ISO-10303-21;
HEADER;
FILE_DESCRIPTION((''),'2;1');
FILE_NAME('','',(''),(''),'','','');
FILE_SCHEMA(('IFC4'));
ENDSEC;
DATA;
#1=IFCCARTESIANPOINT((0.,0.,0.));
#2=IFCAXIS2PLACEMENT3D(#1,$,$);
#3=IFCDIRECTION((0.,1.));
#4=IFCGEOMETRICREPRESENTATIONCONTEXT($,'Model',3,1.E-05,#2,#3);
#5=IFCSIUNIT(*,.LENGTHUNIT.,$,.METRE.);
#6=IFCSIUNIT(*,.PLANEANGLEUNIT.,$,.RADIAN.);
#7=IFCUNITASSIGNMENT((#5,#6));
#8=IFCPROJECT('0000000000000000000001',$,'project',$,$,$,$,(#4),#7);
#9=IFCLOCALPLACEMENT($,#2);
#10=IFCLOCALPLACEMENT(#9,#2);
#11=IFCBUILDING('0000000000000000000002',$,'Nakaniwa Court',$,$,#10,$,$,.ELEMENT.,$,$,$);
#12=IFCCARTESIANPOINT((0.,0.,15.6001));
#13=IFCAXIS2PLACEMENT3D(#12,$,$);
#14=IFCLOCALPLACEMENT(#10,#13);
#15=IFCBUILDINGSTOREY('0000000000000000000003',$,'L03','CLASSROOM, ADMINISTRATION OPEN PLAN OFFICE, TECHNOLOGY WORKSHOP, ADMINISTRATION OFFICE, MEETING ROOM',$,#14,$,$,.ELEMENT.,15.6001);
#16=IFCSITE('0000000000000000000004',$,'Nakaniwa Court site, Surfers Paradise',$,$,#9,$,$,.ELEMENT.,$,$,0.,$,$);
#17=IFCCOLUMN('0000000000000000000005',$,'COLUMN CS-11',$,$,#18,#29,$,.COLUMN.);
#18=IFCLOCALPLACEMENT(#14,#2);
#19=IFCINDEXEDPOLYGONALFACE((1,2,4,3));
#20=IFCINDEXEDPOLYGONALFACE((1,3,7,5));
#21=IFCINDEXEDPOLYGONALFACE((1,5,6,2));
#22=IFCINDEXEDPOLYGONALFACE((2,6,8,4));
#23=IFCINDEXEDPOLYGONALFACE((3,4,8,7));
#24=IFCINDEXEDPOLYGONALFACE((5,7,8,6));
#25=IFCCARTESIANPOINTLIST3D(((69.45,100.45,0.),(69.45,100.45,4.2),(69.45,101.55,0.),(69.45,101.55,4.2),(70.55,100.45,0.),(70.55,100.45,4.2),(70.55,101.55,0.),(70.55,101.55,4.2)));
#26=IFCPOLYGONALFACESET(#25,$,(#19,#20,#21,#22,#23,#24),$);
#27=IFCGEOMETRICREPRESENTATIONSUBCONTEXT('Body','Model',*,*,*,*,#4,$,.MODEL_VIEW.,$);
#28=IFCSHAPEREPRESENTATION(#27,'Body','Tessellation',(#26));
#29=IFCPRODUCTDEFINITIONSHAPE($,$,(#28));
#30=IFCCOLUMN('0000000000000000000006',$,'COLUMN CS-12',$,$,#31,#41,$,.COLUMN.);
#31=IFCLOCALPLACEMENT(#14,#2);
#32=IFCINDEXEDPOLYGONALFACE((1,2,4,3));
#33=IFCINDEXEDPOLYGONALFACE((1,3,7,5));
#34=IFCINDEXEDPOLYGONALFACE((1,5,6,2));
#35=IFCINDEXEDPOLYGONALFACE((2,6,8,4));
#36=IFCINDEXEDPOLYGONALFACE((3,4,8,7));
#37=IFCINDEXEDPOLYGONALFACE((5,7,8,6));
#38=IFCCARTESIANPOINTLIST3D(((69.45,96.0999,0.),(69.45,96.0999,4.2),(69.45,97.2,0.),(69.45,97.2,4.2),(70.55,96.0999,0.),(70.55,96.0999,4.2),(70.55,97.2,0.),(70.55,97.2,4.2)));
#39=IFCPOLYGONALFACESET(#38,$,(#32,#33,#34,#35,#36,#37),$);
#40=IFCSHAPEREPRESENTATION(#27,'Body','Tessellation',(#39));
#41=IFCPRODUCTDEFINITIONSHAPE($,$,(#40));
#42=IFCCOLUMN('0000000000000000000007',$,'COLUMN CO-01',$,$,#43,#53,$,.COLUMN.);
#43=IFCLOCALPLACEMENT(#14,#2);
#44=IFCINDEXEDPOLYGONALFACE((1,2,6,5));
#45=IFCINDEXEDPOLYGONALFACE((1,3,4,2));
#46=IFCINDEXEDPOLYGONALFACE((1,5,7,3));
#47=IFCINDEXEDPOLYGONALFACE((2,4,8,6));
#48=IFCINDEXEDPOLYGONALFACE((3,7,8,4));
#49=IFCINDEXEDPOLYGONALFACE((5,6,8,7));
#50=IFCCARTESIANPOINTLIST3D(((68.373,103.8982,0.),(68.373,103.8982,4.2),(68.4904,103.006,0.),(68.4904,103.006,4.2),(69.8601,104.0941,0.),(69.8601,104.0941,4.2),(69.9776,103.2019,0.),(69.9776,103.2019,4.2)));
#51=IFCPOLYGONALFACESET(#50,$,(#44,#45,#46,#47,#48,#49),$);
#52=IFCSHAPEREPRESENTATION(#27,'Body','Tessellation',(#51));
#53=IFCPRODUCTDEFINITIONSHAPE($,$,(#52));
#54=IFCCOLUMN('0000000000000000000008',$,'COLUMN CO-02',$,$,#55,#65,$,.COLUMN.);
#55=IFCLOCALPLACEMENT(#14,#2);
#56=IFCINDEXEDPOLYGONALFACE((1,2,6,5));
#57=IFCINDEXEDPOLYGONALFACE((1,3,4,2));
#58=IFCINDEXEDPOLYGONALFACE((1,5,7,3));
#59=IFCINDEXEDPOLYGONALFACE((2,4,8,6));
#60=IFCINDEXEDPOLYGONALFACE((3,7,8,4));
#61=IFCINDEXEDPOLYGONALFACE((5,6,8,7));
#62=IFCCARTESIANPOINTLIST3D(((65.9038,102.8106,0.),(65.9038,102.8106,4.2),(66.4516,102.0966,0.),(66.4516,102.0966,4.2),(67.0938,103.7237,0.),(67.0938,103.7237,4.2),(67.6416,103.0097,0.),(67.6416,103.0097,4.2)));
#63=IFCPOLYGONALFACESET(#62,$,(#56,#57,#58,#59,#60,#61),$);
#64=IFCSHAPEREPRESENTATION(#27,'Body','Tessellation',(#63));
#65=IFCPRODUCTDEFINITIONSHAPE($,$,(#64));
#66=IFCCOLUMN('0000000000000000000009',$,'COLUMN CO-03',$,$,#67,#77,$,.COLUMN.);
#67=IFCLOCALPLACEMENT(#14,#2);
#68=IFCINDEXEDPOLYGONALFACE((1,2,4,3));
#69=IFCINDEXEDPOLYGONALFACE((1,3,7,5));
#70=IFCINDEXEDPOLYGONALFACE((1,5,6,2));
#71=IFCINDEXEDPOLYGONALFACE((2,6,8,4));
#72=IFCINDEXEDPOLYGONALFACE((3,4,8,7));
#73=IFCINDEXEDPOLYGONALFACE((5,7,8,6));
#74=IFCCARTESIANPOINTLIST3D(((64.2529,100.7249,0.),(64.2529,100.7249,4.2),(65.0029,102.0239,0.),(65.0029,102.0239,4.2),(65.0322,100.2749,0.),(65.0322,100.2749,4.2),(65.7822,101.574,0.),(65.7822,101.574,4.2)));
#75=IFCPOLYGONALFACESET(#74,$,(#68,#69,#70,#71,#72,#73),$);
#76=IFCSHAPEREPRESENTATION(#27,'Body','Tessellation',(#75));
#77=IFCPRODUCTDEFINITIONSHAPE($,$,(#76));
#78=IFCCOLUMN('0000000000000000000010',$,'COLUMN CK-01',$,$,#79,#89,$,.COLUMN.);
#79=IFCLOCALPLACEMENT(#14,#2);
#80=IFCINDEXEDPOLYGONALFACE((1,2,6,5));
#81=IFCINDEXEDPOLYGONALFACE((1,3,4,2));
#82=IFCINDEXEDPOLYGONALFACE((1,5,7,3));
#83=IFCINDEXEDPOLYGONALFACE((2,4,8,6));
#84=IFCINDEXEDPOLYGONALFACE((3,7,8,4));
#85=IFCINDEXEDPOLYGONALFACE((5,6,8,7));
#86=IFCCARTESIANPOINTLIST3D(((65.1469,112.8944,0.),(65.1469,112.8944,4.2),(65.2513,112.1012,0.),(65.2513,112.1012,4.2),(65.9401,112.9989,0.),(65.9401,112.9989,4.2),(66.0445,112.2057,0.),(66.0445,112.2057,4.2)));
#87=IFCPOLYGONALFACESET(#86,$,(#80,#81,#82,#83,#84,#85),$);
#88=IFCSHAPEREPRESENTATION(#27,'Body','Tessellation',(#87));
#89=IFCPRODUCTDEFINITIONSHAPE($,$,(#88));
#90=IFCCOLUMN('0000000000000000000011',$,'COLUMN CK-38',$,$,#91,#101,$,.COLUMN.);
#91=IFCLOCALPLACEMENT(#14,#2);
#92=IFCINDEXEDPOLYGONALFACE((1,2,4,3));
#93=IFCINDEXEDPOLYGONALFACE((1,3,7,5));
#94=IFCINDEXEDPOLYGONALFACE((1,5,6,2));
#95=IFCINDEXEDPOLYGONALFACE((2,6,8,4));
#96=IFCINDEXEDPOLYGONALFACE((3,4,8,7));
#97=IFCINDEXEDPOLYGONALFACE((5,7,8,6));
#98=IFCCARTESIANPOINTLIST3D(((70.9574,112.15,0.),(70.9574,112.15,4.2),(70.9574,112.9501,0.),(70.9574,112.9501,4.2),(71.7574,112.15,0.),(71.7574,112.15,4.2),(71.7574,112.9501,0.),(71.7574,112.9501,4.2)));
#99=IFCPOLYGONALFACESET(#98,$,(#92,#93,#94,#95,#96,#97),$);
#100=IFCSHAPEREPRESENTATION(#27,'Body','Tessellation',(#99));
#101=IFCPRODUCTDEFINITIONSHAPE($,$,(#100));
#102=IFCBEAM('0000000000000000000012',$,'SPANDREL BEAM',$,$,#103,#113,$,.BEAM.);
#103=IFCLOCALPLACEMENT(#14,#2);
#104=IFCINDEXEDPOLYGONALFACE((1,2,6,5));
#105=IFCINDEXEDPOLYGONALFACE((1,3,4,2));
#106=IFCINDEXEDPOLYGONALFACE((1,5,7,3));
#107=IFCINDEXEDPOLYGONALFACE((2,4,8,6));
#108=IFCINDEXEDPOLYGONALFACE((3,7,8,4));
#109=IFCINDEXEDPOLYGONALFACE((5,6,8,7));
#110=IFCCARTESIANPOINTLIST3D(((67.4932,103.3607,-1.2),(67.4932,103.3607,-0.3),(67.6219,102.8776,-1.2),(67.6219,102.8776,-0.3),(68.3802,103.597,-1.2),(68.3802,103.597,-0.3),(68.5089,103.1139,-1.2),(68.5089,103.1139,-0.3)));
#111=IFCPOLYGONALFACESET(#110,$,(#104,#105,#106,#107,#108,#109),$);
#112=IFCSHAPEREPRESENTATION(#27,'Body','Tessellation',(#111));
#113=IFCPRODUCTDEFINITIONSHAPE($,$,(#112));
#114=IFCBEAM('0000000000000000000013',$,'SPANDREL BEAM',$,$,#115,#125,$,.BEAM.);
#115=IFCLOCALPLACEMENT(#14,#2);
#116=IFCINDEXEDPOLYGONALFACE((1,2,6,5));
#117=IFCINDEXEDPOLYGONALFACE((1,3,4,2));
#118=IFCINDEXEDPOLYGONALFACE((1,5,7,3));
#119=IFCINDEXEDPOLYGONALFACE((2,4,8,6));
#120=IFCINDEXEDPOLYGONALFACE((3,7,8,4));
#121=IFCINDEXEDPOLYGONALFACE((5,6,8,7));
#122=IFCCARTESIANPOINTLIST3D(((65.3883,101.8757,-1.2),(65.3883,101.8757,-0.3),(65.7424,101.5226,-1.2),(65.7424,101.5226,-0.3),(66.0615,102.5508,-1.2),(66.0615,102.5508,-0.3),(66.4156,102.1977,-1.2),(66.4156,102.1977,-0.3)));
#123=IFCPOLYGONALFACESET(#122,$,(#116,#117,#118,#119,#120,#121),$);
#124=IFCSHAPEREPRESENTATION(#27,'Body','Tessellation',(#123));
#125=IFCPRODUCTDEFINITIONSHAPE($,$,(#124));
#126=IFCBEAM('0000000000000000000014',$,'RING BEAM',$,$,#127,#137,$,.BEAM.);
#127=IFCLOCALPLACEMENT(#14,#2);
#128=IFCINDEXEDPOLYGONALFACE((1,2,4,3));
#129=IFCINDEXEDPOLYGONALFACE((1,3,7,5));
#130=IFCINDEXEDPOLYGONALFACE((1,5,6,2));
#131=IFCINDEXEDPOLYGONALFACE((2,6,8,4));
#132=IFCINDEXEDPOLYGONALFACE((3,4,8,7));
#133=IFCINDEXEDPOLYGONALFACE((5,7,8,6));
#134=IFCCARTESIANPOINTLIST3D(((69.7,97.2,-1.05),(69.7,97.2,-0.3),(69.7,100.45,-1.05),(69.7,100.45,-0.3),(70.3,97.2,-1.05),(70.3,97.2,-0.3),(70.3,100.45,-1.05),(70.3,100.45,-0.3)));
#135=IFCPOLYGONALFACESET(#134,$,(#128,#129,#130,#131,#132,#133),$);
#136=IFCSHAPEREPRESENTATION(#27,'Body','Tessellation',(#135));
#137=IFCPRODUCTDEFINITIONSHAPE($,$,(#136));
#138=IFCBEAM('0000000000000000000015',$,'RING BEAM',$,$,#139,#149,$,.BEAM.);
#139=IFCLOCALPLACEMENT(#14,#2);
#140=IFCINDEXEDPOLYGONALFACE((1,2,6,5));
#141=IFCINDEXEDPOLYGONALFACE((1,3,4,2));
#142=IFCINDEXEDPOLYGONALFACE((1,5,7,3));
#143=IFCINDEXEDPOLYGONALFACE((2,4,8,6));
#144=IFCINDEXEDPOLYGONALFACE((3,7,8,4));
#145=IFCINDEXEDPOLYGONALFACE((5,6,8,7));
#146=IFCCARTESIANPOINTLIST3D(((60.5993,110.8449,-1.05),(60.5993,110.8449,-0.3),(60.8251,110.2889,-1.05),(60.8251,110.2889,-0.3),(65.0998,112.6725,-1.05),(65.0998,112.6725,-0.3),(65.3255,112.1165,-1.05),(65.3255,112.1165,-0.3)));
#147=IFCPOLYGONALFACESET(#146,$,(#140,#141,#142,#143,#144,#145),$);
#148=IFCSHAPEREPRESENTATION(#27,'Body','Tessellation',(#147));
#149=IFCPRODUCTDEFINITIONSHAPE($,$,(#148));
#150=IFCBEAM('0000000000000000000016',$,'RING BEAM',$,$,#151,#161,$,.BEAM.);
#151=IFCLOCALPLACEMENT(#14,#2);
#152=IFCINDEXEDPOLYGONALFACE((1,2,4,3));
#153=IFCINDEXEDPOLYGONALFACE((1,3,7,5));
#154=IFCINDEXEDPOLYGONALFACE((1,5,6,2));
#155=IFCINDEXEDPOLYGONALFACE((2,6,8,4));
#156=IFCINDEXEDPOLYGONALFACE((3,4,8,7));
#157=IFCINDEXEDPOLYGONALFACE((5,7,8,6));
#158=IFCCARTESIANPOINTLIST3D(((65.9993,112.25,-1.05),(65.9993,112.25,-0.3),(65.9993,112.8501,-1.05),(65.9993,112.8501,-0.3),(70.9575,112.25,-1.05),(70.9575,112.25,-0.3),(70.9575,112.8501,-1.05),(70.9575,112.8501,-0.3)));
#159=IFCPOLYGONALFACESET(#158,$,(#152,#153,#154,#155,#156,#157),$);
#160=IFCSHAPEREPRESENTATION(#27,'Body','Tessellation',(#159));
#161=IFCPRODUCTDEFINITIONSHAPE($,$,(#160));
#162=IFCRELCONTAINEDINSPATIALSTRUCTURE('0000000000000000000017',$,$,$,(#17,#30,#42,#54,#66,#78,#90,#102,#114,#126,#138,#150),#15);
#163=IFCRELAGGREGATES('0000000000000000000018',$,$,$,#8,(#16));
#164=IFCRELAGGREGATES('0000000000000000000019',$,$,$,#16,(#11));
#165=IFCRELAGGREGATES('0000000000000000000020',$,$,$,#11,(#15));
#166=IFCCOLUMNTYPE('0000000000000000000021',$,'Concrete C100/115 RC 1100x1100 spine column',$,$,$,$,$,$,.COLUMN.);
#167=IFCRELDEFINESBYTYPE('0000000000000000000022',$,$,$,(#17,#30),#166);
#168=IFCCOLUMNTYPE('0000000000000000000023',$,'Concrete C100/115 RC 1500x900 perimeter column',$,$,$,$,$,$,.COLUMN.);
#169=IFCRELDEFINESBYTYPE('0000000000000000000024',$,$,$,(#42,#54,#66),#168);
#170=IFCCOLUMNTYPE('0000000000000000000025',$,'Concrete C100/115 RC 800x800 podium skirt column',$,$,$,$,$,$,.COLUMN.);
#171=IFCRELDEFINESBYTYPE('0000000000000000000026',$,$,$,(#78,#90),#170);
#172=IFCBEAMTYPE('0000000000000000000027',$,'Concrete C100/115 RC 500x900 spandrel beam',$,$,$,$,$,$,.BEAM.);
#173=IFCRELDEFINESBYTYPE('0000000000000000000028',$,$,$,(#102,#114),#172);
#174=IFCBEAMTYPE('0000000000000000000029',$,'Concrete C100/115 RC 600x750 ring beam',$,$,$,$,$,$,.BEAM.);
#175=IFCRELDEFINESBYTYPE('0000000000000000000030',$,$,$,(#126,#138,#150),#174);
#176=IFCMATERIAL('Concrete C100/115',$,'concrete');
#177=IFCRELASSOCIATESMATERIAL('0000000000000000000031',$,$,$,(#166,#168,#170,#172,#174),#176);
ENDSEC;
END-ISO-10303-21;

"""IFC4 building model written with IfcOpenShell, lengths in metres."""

from ifc_helpers import new_model, si_unit, direction, frame, origin, origin_2d, place, context, subcontext, project, spatial, rectangle, extrude, material, material_profile, profile_set, type_object, element, save


model = new_model("IFC4")

# Units and contexts
model_context = context("Model", 3, precision=1e-05, world=origin(), true_north=direction((0.0, 1.0)))
body_context = subcontext(model_context, "Body", "Model", "MODEL_VIEW")
ifc_project = project(units=[si_unit("LENGTHUNIT", "METRE"), si_unit("PLANEANGLEUNIT", "RADIAN")], contexts=[model_context])

# Site, building, storey
site_placement = place(None, origin())
site = spatial("IfcSite", under=ifc_project, at=site_placement, Name="Nakaniwa Court site, Surfers Paradise", CompositionType="ELEMENT", RefElevation=0.0)
building_placement = place(site_placement, origin())
building = spatial("IfcBuilding", under=site, at=building_placement, Name="Nakaniwa Court", CompositionType="ELEMENT")
storey_placement = place(building_placement, frame((0.0, 0.0, 15.6001)))
storey = spatial("IfcBuildingStorey", under=building, at=storey_placement, Name="L03", Description="CLASSROOM, ADMINISTRATION OPEN PLAN OFFICE, TECHNOLOGY WORKSHOP, ADMINISTRATION OFFICE, MEETING ROOM", CompositionType="ELEMENT", Elevation=15.6001)

# Columns
ifc_material_1 = material(Name="Concrete C100/115", Category="concrete")
ifc_material_profile_1 = material_profile(ifc_material_1, rectangle(XDim=1.1001, YDim=1.1001, at=origin_2d()), Name="Concrete C100/115 RC 1100x1100 spine column")
ifc_profile_set_1 = profile_set([ifc_material_profile_1], Name="Concrete C100/115")
column_type_1 = type_object("IfcColumnType", Name="Concrete C100/115 RC 1100x1100 spine column", PredefinedType="COLUMN", material=ifc_profile_set_1)
for number, where, z_axis, x_axis, name in (
    (1, (70.0, 101.0, 0.0), (0.0, 0.0, 1.0), (0.0, -1.0, 0.0), "COLUMN CS-11"),
    (2, (70.0, 96.6499, 0.0), (0.0, 0.0, 1.0), (0.0, -1.0, 0.0), "COLUMN CS-12"),
):
    element("IfcColumn", number, at=place(storey_placement, frame(where, z_axis=z_axis, x_axis=x_axis)), inside=storey, type_object=column_type_1, Name=name, PredefinedType="COLUMN", context=body_context, shape_type="SweptSolid", body=[
        extrude(rectangle(XDim=1.1001, YDim=1.1001, at=origin_2d()), origin(), (0.0, 0.0, 1.0), 4.2),
    ])
ifc_material_profile_2 = material_profile(ifc_material_1, rectangle(XDim=1.5, YDim=0.8999, at=origin_2d()), Name="Concrete C100/115 RC 1500x900 perimeter column")
ifc_profile_set_2 = profile_set([ifc_material_profile_2], Name="Concrete C100/115")
column_type_2 = type_object("IfcColumnType", Name="Concrete C100/115 RC 1500x900 perimeter column", PredefinedType="COLUMN", material=ifc_profile_set_2)
for number, where, z_axis, x_axis, name in (
    (3, (69.1753, 103.55, 0.0), (0.0, 0.0, 1.0), (-0.991443, -0.130543, 0.0), "COLUMN CO-01"),
    (4, (66.7727, 102.9102, 0.0), (0.0, 0.0, 1.0), (-0.793364, -0.608748, 0.0), "COLUMN CO-02"),
    (5, (65.0176, 101.1494, 0.0), (0.0, 0.0, 1.0), (-0.5, -0.866025, 0.0), "COLUMN CO-03"),
):
    element("IfcColumn", number, at=place(storey_placement, frame(where, z_axis=z_axis, x_axis=x_axis)), inside=storey, type_object=column_type_2, Name=name, PredefinedType="COLUMN", context=body_context, shape_type="SweptSolid", body=[
        extrude(rectangle(XDim=1.5, YDim=0.8999, at=origin_2d()), origin(), (0.0, 0.0, 1.0), 4.2),
    ])
ifc_material_profile_3 = material_profile(ifc_material_1, rectangle(XDim=0.8, YDim=0.8, at=origin_2d()), Name="Concrete C100/115 RC 800x800 podium skirt column")
ifc_profile_set_3 = profile_set([ifc_material_profile_3], Name="Concrete C100/115")
column_type_3 = type_object("IfcColumnType", Name="Concrete C100/115 RC 800x800 podium skirt column", PredefinedType="COLUMN", material=ifc_profile_set_3)
for number, where, z_axis, x_axis, name in (
    (6, (65.5957, 112.55, 0.0), (0.0, 0.0, 1.0), (-0.991445, -0.130526, 0.0), "COLUMN CK-01"),
    (7, (71.3574, 112.55, 0.0), (0.0, 0.0, 1.0), (-1.0, 0.0, 0.0), "COLUMN CK-38"),
):
    element("IfcColumn", number, at=place(storey_placement, frame(where, z_axis=z_axis, x_axis=x_axis)), inside=storey, type_object=column_type_3, Name=name, PredefinedType="COLUMN", context=body_context, shape_type="SweptSolid", body=[
        extrude(rectangle(XDim=0.8, YDim=0.8, at=origin_2d()), origin(), (0.0, 0.0, 1.0), 4.2),
    ])

# Beams
ifc_material_profile_4 = material_profile(ifc_material_1, rectangle(XDim=0.5, YDim=0.8999, at=origin_2d()), Name="Concrete C100/115 RC 500x900 spandrel beam")
ifc_profile_set_4 = profile_set([ifc_material_profile_4], Name="Concrete C100/115")
beam_type_1 = type_object("IfcBeamType", Name="Concrete C100/115 RC 500x900 spandrel beam", PredefinedType="BEAM", material=ifc_profile_set_4)
beam_1_placement = place(storey_placement, frame((68.4446, 103.3555, -0.75), z_axis=(-0.966288, -0.257464, 0.0), x_axis=(0.257464, -0.966288, 0.0)))
element("IfcBeam", 8, at=beam_1_placement, inside=storey, type_object=beam_type_1, Name="SPANDREL BEAM", PredefinedType="BEAM", context=body_context, shape_type="SweptSolid", body=[
    extrude(rectangle(XDim=0.5, YDim=0.8999, at=origin_2d()), origin(), (0.0, 0.0, 1.0), 0.918),
])
beam_2_placement = place(storey_placement, frame((66.2385, 102.3743, -0.75), z_axis=(-0.706082, -0.70813, 0.0), x_axis=(0.70813, -0.706082, 0.0)))
element("IfcBeam", 9, at=beam_2_placement, inside=storey, type_object=beam_type_1, Name="SPANDREL BEAM", PredefinedType="BEAM", context=body_context, shape_type="SweptSolid", body=[
    extrude(rectangle(XDim=0.5, YDim=0.8999, at=origin_2d()), origin(), (0.0, 0.0, 1.0), 0.9534),
])
ifc_material_profile_5 = material_profile(ifc_material_1, rectangle(XDim=0.6001, YDim=0.75, at=origin_2d()), Name="Concrete C100/115 RC 600x750 ring beam")
ifc_profile_set_5 = profile_set([ifc_material_profile_5], Name="Concrete C100/115")
beam_type_2 = type_object("IfcBeamType", Name="Concrete C100/115 RC 600x750 ring beam", PredefinedType="BEAM", material=ifc_profile_set_5)
beam_3_placement = place(storey_placement, frame((70.0, 100.45, -0.675), z_axis=(0.0, -1.0, 0.0), x_axis=(1.0, 0.0, 0.0)))
element("IfcBeam", 10, at=beam_3_placement, inside=storey, type_object=beam_type_2, Name="RING BEAM", PredefinedType="BEAM", context=body_context, shape_type="SweptSolid", body=[
    extrude(rectangle(XDim=0.6001, YDim=0.75, at=origin_2d()), origin(), (0.0, 0.0, 1.0), 3.25),
])
beam_4_placement = place(storey_placement, frame((65.2126, 112.3945, -0.675), z_axis=(-0.926516, -0.376256, 0.0), x_axis=(0.376256, -0.926516, 0.0)))
element("IfcBeam", 11, at=beam_4_placement, inside=storey, type_object=beam_type_2, Name="RING BEAM", PredefinedType="BEAM", context=body_context, shape_type="SweptSolid", body=[
    extrude(rectangle(XDim=0.6001, YDim=0.75, at=origin_2d()), origin(), (0.0, 0.0, 1.0), 4.8574),
])
beam_5_placement = place(storey_placement, frame((70.9575, 112.55, -0.675), z_axis=(-1.0, 0.0, 0.0), x_axis=(0.0, -1.0, 0.0)))
element("IfcBeam", 12, at=beam_5_placement, inside=storey, type_object=beam_type_2, Name="RING BEAM", PredefinedType="BEAM", context=body_context, shape_type="SweptSolid", body=[
    extrude(rectangle(XDim=0.6001, YDim=0.75, at=origin_2d()), origin(), (0.0, 0.0, 1.0), 4.9583),
])

save(model, "model.ifc")
